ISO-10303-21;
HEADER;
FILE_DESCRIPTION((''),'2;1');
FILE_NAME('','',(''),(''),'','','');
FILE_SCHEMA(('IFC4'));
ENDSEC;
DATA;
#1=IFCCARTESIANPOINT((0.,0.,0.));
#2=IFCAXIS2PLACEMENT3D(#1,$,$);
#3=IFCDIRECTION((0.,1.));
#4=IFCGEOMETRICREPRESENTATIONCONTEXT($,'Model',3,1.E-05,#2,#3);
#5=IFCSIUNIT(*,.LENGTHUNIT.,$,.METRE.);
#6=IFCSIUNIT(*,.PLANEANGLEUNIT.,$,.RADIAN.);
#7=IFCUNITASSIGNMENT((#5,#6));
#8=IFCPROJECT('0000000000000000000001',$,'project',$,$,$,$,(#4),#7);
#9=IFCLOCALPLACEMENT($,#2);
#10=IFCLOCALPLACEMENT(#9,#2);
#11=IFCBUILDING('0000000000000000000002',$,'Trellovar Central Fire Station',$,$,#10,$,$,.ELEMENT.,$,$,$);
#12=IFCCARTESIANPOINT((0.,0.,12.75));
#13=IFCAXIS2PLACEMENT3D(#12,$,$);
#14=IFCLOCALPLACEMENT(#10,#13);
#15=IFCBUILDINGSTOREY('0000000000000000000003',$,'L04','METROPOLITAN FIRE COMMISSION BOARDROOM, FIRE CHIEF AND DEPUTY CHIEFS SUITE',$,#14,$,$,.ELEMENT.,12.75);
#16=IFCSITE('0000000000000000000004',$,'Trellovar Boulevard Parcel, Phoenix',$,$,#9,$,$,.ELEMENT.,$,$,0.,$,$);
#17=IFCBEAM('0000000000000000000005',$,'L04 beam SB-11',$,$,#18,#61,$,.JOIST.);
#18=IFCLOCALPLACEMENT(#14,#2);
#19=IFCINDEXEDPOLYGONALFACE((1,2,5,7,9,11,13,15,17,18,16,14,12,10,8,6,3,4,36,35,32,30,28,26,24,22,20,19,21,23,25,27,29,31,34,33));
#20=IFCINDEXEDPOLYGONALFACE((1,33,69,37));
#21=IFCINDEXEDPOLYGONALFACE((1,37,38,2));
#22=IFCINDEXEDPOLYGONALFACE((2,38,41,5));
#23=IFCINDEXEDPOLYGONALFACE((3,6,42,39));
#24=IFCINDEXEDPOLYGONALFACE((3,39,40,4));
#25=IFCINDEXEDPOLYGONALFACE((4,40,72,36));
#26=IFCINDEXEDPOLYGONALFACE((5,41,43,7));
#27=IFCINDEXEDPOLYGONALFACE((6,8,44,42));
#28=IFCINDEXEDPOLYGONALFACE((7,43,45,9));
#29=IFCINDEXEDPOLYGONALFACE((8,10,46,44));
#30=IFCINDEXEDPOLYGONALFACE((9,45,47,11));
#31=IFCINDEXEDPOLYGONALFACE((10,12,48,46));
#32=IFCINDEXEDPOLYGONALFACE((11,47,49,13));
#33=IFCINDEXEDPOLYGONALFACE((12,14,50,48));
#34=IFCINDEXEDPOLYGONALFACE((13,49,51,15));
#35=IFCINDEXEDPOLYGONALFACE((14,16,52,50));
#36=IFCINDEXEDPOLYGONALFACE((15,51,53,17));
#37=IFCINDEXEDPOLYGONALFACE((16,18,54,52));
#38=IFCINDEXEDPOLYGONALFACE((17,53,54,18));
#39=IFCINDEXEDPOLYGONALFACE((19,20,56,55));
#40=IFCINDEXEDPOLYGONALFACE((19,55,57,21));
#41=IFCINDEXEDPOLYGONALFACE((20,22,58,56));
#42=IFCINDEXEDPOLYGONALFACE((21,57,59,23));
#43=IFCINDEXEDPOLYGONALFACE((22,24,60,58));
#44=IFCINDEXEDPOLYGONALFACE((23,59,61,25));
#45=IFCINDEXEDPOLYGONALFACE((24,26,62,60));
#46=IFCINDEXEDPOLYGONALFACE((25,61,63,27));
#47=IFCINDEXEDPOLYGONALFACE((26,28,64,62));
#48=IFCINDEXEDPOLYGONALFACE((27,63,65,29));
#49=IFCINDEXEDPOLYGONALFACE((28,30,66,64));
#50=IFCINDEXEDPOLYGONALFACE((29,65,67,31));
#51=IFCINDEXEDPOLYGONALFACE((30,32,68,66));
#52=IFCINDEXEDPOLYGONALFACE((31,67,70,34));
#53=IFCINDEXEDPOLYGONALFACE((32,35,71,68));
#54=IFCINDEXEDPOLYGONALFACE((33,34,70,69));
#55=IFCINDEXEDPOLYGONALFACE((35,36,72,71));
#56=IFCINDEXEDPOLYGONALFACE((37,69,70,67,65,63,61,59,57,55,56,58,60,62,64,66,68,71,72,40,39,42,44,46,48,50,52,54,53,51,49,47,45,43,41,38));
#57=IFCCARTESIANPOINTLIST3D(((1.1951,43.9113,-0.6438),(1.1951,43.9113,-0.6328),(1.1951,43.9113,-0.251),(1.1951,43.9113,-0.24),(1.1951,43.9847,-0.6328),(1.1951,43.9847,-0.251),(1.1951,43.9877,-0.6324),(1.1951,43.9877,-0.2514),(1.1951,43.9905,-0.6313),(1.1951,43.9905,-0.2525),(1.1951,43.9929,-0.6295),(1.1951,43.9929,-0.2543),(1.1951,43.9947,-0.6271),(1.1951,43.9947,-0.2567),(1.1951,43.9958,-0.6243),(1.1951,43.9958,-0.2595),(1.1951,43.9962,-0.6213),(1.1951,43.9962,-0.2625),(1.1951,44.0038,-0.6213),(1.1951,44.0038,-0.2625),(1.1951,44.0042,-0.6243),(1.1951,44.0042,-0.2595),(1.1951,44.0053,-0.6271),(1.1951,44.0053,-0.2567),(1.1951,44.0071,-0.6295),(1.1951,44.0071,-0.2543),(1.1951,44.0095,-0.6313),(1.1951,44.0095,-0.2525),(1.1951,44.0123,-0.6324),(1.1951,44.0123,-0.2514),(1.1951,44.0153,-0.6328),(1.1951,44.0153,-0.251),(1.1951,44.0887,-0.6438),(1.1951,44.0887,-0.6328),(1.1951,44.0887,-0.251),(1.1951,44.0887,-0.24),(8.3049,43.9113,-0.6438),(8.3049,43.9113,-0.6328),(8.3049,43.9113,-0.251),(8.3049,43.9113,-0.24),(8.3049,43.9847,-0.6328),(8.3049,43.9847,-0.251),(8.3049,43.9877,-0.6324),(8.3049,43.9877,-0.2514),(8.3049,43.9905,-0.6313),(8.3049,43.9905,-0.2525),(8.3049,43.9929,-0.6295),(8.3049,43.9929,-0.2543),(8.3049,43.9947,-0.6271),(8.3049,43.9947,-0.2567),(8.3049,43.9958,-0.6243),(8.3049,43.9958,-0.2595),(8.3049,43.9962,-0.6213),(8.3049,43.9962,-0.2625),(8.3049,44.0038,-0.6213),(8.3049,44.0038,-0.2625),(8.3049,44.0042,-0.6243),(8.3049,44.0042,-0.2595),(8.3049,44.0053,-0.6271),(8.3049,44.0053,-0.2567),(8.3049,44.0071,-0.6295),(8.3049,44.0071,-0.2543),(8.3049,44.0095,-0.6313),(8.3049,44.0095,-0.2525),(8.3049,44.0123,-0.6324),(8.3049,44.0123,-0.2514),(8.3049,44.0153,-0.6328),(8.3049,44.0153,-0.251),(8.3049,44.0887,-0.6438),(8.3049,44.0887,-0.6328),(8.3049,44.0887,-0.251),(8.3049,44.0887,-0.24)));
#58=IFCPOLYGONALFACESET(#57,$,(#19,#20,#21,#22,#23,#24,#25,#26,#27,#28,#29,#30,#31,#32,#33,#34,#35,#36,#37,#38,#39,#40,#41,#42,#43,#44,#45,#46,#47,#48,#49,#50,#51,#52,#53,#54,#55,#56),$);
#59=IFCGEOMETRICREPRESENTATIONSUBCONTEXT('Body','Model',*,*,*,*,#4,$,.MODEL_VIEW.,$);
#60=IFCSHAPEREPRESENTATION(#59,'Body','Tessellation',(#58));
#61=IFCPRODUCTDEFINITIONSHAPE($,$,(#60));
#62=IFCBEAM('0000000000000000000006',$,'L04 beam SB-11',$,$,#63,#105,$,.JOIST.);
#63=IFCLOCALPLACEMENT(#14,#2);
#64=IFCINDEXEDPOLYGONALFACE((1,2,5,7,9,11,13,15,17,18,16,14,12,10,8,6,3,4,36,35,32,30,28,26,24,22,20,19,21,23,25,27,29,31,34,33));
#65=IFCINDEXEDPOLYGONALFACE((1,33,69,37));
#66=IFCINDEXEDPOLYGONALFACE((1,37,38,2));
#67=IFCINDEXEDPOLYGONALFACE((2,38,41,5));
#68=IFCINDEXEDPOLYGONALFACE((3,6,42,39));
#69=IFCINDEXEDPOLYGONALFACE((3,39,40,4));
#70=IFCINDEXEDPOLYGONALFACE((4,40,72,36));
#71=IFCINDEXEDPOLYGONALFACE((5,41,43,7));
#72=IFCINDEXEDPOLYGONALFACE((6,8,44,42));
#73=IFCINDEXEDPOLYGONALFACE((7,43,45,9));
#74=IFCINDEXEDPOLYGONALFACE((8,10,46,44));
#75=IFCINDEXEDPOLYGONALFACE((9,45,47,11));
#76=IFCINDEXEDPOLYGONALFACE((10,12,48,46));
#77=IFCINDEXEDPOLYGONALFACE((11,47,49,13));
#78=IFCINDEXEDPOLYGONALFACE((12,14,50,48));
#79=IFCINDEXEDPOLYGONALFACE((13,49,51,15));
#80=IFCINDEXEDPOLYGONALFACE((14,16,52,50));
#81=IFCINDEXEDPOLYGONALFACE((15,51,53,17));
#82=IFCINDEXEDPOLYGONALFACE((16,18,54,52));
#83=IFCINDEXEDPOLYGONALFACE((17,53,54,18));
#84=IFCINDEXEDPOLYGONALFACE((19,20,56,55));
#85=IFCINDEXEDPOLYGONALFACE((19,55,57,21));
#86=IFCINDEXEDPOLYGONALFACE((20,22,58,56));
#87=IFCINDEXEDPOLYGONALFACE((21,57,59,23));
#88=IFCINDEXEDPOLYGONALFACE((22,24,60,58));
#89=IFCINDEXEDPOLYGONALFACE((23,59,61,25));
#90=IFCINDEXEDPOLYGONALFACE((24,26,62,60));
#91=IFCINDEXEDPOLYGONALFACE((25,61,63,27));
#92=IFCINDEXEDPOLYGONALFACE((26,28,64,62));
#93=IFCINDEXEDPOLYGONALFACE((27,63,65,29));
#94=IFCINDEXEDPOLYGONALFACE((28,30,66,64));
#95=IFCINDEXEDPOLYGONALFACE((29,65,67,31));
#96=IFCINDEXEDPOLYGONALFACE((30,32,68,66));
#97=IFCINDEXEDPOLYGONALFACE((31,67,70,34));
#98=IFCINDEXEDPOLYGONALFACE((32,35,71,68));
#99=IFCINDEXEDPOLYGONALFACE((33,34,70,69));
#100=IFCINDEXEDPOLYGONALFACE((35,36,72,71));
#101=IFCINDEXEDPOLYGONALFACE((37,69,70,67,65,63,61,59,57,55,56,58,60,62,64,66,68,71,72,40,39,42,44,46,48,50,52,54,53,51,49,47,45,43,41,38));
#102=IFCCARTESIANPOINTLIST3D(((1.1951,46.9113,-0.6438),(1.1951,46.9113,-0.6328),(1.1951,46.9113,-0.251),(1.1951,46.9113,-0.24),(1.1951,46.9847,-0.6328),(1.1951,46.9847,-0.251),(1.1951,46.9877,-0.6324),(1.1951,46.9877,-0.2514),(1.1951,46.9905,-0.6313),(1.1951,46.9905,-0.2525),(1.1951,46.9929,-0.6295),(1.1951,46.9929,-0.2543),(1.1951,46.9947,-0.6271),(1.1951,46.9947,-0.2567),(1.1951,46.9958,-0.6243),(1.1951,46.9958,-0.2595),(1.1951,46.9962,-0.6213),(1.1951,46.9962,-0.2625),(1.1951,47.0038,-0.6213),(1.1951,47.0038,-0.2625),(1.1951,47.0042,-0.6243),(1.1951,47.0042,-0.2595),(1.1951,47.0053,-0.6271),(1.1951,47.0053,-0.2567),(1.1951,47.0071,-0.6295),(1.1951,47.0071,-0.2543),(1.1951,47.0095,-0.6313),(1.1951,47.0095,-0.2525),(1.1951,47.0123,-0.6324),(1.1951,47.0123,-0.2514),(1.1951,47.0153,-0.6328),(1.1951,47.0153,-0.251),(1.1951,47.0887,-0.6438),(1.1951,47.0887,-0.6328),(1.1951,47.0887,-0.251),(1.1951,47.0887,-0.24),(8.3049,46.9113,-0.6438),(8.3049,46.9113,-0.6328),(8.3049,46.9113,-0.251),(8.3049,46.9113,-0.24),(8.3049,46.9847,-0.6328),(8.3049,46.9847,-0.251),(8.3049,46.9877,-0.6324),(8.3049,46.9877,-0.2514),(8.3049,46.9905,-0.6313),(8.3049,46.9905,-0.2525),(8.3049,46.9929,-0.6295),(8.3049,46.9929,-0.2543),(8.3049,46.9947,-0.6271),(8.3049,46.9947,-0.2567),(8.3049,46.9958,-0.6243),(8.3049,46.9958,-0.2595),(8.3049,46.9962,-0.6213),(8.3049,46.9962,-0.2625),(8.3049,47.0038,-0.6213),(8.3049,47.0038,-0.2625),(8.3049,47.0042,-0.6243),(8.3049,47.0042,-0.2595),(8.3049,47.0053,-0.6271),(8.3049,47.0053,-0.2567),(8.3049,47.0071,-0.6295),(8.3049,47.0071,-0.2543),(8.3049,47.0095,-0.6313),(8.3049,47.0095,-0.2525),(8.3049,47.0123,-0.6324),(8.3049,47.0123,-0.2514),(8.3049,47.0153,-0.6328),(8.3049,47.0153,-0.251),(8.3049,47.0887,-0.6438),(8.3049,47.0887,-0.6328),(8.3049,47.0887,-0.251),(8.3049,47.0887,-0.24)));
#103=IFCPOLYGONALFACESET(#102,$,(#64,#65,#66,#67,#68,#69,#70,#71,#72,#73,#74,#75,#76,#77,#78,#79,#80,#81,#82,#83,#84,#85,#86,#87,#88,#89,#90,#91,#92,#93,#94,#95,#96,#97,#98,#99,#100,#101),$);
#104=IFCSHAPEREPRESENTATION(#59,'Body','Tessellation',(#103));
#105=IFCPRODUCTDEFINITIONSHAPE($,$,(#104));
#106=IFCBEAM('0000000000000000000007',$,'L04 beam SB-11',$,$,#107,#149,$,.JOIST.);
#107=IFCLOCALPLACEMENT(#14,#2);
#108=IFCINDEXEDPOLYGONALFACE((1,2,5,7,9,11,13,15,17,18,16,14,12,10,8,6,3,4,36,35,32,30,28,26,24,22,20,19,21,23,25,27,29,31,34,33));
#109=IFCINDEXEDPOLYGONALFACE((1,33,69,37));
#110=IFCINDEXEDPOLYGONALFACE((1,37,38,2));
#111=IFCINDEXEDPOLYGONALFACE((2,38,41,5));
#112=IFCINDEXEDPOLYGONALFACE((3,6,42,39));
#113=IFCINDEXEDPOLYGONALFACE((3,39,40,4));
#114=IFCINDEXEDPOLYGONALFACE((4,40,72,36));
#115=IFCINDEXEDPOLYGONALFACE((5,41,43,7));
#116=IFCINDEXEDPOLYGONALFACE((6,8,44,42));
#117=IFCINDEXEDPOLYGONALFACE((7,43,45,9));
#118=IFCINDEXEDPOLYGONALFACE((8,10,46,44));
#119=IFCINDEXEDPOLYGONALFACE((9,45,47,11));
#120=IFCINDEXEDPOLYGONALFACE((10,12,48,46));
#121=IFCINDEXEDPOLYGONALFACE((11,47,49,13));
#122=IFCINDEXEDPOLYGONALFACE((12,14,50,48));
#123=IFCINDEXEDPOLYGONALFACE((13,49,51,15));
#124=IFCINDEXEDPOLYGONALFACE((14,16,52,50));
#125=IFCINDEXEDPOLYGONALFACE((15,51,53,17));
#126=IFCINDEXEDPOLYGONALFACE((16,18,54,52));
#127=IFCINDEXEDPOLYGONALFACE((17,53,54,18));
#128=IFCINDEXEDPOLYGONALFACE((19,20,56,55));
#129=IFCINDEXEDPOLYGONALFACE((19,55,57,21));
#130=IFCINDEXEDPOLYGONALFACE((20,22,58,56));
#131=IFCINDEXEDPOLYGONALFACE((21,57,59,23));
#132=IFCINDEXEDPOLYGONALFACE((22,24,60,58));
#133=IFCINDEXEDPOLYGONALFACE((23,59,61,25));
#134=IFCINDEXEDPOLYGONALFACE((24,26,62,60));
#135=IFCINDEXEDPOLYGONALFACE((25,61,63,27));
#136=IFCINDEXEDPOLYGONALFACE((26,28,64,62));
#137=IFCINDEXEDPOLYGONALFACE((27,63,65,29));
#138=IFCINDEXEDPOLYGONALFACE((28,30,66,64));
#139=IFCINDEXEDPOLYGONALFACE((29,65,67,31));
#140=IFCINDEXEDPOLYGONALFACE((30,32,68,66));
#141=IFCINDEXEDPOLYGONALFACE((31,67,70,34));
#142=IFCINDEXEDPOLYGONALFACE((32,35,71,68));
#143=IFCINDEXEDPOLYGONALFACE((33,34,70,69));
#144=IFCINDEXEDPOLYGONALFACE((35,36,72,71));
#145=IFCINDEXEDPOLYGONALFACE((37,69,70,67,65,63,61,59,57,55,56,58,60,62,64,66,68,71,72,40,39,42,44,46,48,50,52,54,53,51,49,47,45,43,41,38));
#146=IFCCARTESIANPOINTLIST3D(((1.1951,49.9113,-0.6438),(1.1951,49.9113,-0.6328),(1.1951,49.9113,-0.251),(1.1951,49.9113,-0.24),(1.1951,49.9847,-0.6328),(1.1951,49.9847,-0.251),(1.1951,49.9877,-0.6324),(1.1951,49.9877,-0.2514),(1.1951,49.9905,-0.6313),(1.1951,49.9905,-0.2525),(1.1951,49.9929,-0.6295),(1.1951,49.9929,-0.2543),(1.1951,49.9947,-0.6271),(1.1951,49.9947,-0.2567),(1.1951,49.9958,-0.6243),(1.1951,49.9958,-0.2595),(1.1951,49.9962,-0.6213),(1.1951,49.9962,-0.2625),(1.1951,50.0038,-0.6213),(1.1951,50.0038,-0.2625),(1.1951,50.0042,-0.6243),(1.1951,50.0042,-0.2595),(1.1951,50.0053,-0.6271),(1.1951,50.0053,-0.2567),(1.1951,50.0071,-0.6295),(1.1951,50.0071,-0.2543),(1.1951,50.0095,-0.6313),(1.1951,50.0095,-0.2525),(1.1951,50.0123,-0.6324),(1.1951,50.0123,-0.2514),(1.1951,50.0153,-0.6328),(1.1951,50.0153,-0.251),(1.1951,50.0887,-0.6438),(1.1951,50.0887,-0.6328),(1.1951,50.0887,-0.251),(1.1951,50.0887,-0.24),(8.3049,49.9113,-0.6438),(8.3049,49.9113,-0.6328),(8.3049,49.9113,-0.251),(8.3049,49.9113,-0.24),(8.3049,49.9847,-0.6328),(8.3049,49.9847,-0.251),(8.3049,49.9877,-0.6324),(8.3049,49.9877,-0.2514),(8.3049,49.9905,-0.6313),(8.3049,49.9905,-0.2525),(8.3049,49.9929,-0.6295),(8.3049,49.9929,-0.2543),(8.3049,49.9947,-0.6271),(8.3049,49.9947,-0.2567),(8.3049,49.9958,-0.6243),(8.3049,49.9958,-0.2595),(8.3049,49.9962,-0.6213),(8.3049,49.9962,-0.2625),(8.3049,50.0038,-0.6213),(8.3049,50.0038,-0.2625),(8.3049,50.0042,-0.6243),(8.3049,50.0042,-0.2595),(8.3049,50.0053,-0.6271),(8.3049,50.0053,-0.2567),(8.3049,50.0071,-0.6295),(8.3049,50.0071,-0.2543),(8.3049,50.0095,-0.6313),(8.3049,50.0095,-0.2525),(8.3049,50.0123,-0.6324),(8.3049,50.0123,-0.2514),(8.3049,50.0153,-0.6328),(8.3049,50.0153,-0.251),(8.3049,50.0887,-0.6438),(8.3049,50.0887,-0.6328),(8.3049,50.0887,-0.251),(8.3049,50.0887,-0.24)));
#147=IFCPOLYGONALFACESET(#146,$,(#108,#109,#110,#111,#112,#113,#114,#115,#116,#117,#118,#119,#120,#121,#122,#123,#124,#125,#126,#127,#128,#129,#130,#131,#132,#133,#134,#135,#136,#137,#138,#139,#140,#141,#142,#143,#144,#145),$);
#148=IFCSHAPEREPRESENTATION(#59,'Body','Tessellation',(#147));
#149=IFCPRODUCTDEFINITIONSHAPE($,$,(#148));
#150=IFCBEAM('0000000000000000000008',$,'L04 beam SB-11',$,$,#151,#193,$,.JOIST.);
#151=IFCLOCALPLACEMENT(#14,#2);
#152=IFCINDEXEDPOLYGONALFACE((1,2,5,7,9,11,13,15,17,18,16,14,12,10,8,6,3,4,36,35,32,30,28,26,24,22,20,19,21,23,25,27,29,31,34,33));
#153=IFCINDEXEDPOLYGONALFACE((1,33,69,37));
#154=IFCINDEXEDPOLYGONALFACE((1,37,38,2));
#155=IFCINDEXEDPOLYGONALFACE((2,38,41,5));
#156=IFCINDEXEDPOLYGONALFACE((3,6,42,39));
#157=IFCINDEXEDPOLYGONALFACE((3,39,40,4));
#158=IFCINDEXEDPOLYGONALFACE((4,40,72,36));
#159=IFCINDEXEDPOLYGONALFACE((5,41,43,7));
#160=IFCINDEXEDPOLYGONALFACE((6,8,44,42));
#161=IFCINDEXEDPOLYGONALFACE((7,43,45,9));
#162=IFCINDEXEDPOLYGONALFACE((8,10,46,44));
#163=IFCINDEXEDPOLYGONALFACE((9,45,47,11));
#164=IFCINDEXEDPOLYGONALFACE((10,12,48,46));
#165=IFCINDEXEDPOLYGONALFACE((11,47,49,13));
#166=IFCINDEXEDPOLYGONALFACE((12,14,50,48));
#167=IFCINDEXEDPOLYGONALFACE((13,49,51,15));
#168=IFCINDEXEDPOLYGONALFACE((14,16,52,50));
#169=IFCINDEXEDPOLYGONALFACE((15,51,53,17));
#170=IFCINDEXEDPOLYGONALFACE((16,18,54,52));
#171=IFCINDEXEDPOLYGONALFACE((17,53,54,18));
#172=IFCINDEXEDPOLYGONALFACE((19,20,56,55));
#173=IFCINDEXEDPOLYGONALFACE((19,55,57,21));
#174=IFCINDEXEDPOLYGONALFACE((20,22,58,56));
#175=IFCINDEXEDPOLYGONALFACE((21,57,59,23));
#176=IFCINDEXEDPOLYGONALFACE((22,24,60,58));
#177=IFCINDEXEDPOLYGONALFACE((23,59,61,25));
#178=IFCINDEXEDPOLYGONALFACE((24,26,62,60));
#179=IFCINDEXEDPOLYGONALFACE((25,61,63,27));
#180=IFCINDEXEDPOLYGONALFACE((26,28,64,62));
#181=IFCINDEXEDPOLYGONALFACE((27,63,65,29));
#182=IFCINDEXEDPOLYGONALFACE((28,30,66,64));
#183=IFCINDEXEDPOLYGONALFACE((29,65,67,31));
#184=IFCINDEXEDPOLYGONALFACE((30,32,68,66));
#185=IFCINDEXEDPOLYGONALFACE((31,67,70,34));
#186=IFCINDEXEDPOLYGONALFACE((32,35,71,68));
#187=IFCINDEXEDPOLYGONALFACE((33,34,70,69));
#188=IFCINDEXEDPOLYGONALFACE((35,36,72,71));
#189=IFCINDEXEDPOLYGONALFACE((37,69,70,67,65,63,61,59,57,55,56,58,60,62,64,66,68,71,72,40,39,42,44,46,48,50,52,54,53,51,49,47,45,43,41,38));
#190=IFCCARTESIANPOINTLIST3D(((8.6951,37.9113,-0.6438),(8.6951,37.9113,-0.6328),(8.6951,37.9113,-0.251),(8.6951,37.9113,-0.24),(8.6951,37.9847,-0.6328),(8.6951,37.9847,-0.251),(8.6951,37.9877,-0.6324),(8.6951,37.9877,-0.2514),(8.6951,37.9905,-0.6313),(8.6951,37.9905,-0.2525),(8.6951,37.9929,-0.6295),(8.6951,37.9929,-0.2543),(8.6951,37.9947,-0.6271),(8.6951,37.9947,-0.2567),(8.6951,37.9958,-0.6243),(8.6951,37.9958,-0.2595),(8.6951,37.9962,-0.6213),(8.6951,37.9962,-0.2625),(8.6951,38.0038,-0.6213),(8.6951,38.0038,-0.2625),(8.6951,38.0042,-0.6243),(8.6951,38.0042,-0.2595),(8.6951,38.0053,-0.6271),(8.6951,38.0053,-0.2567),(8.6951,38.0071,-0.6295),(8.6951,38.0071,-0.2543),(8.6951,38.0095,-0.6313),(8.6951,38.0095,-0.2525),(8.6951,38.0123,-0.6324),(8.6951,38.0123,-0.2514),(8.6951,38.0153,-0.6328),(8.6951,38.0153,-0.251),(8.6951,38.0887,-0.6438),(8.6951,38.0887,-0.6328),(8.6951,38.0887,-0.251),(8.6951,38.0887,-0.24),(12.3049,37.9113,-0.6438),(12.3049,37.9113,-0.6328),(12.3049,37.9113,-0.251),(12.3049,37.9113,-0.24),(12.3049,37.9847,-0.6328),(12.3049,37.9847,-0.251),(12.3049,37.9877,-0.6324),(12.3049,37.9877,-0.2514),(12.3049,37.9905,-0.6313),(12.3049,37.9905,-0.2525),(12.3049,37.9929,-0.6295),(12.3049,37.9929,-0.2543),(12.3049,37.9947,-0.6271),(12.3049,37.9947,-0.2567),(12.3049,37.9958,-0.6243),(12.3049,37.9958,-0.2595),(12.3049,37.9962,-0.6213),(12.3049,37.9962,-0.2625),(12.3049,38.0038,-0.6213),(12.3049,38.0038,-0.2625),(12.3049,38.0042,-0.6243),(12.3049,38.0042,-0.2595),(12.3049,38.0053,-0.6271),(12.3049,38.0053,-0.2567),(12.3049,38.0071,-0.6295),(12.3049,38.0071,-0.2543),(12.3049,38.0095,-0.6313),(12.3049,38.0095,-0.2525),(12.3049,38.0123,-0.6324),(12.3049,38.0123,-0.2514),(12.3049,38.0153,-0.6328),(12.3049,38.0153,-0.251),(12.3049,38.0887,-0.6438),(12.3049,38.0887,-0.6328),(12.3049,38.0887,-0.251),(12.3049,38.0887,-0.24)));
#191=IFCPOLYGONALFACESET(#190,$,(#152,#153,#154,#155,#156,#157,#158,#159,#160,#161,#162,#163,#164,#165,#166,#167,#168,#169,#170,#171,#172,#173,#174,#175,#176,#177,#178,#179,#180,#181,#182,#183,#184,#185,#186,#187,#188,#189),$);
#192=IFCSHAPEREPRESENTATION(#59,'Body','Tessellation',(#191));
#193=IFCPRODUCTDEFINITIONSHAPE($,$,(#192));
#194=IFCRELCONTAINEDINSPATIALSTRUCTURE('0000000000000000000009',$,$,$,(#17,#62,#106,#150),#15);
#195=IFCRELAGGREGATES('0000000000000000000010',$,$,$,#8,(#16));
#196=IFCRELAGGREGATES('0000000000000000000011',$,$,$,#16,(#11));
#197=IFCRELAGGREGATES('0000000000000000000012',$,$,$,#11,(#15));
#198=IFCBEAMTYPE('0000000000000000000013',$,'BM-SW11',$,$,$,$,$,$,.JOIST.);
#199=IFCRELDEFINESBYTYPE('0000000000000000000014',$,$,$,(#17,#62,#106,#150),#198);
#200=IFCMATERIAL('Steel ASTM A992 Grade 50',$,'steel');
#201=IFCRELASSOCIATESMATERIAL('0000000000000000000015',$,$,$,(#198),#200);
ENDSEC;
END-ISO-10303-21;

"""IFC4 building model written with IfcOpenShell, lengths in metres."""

from ifc_helpers import new_model, si_unit, direction, frame, origin, origin_2d, place, context, subcontext, project, spatial, i_section, extrude, material, material_profile, profile_set, type_object, element, save


model = new_model("IFC4")

# Units and contexts
model_context = context("Model", 3, precision=1e-05, world=origin(), true_north=direction((0.0, 1.0)))
body_context = subcontext(model_context, "Body", "Model", "MODEL_VIEW")
ifc_project = project(units=[si_unit("LENGTHUNIT", "METRE"), si_unit("PLANEANGLEUNIT", "RADIAN")], contexts=[model_context])

# Site, building, storey
site_placement = place(None, origin())
site = spatial("IfcSite", under=ifc_project, at=site_placement, Name="Trellovar Boulevard Parcel, Phoenix", CompositionType="ELEMENT", RefElevation=0.0)
building_placement = place(site_placement, origin())
building = spatial("IfcBuilding", under=site, at=building_placement, Name="Trellovar Central Fire Station", CompositionType="ELEMENT")
storey_placement = place(building_placement, frame((0.0, 0.0, 12.75)))
storey = spatial("IfcBuildingStorey", under=building, at=storey_placement, Name="L04", Description="METROPOLITAN FIRE COMMISSION BOARDROOM, FIRE CHIEF AND DEPUTY CHIEFS SUITE", CompositionType="ELEMENT", Elevation=12.75)

# Beams
ifc_material_1 = material(Name="Steel ASTM A992 Grade 50", Category="steel")
ifc_material_profile_1 = material_profile(ifc_material_1, i_section(OverallWidth=0.1775, OverallDepth=0.4038, WebThickness=0.0076, FlangeThickness=0.011, FilletRadius=0.0115, at=origin_2d()), Name="W16X36")
ifc_profile_set_1 = profile_set([ifc_material_profile_1], Name="Steel ASTM A992 Grade 50")
beam_type_1 = type_object("IfcBeamType", Name="BM-SW11", PredefinedType="JOIST", material=ifc_profile_set_1)
for number, where, z_axis, x_axis, name in (
    (1, (1.1951, 44.0, -0.4419), (1.0, 0.0, 0.0), (0.0, 1.0, 0.0), "L04 beam SB-11"),
    (2, (1.1951, 47.0, -0.4419), (1.0, 0.0, 0.0), (0.0, 1.0, 0.0), "L04 beam SB-11"),
    (3, (1.1951, 50.0, -0.4419), (1.0, 0.0, 0.0), (0.0, 1.0, 0.0), "L04 beam SB-11"),
):
    element("IfcBeam", number, at=place(storey_placement, frame(where, z_axis=z_axis, x_axis=x_axis)), inside=storey, type_object=beam_type_1, Name=name, PredefinedType="JOIST", context=body_context, shape_type="SweptSolid", body=[
        extrude(i_section(OverallWidth=0.1775, OverallDepth=0.4038, WebThickness=0.0076, FlangeThickness=0.011, FilletRadius=0.0115, at=origin_2d()), origin(), (0.0, 0.0, 1.0), 7.1099),
    ])
for number, where, z_axis, x_axis, name in (
    (4, (8.6951, 38.0, -0.4419), (1.0, 0.0, 0.0), (0.0, 1.0, 0.0), "L04 beam SB-11"),
):
    element("IfcBeam", number, at=place(storey_placement, frame(where, z_axis=z_axis, x_axis=x_axis)), inside=storey, type_object=beam_type_1, Name=name, PredefinedType="JOIST", context=body_context, shape_type="SweptSolid", body=[
        extrude(i_section(OverallWidth=0.1775, OverallDepth=0.4038, WebThickness=0.0076, FlangeThickness=0.011, FilletRadius=0.0115, at=origin_2d()), origin(), (0.0, 0.0, 1.0), 3.6099),
    ])

save(model, "model.ifc")
